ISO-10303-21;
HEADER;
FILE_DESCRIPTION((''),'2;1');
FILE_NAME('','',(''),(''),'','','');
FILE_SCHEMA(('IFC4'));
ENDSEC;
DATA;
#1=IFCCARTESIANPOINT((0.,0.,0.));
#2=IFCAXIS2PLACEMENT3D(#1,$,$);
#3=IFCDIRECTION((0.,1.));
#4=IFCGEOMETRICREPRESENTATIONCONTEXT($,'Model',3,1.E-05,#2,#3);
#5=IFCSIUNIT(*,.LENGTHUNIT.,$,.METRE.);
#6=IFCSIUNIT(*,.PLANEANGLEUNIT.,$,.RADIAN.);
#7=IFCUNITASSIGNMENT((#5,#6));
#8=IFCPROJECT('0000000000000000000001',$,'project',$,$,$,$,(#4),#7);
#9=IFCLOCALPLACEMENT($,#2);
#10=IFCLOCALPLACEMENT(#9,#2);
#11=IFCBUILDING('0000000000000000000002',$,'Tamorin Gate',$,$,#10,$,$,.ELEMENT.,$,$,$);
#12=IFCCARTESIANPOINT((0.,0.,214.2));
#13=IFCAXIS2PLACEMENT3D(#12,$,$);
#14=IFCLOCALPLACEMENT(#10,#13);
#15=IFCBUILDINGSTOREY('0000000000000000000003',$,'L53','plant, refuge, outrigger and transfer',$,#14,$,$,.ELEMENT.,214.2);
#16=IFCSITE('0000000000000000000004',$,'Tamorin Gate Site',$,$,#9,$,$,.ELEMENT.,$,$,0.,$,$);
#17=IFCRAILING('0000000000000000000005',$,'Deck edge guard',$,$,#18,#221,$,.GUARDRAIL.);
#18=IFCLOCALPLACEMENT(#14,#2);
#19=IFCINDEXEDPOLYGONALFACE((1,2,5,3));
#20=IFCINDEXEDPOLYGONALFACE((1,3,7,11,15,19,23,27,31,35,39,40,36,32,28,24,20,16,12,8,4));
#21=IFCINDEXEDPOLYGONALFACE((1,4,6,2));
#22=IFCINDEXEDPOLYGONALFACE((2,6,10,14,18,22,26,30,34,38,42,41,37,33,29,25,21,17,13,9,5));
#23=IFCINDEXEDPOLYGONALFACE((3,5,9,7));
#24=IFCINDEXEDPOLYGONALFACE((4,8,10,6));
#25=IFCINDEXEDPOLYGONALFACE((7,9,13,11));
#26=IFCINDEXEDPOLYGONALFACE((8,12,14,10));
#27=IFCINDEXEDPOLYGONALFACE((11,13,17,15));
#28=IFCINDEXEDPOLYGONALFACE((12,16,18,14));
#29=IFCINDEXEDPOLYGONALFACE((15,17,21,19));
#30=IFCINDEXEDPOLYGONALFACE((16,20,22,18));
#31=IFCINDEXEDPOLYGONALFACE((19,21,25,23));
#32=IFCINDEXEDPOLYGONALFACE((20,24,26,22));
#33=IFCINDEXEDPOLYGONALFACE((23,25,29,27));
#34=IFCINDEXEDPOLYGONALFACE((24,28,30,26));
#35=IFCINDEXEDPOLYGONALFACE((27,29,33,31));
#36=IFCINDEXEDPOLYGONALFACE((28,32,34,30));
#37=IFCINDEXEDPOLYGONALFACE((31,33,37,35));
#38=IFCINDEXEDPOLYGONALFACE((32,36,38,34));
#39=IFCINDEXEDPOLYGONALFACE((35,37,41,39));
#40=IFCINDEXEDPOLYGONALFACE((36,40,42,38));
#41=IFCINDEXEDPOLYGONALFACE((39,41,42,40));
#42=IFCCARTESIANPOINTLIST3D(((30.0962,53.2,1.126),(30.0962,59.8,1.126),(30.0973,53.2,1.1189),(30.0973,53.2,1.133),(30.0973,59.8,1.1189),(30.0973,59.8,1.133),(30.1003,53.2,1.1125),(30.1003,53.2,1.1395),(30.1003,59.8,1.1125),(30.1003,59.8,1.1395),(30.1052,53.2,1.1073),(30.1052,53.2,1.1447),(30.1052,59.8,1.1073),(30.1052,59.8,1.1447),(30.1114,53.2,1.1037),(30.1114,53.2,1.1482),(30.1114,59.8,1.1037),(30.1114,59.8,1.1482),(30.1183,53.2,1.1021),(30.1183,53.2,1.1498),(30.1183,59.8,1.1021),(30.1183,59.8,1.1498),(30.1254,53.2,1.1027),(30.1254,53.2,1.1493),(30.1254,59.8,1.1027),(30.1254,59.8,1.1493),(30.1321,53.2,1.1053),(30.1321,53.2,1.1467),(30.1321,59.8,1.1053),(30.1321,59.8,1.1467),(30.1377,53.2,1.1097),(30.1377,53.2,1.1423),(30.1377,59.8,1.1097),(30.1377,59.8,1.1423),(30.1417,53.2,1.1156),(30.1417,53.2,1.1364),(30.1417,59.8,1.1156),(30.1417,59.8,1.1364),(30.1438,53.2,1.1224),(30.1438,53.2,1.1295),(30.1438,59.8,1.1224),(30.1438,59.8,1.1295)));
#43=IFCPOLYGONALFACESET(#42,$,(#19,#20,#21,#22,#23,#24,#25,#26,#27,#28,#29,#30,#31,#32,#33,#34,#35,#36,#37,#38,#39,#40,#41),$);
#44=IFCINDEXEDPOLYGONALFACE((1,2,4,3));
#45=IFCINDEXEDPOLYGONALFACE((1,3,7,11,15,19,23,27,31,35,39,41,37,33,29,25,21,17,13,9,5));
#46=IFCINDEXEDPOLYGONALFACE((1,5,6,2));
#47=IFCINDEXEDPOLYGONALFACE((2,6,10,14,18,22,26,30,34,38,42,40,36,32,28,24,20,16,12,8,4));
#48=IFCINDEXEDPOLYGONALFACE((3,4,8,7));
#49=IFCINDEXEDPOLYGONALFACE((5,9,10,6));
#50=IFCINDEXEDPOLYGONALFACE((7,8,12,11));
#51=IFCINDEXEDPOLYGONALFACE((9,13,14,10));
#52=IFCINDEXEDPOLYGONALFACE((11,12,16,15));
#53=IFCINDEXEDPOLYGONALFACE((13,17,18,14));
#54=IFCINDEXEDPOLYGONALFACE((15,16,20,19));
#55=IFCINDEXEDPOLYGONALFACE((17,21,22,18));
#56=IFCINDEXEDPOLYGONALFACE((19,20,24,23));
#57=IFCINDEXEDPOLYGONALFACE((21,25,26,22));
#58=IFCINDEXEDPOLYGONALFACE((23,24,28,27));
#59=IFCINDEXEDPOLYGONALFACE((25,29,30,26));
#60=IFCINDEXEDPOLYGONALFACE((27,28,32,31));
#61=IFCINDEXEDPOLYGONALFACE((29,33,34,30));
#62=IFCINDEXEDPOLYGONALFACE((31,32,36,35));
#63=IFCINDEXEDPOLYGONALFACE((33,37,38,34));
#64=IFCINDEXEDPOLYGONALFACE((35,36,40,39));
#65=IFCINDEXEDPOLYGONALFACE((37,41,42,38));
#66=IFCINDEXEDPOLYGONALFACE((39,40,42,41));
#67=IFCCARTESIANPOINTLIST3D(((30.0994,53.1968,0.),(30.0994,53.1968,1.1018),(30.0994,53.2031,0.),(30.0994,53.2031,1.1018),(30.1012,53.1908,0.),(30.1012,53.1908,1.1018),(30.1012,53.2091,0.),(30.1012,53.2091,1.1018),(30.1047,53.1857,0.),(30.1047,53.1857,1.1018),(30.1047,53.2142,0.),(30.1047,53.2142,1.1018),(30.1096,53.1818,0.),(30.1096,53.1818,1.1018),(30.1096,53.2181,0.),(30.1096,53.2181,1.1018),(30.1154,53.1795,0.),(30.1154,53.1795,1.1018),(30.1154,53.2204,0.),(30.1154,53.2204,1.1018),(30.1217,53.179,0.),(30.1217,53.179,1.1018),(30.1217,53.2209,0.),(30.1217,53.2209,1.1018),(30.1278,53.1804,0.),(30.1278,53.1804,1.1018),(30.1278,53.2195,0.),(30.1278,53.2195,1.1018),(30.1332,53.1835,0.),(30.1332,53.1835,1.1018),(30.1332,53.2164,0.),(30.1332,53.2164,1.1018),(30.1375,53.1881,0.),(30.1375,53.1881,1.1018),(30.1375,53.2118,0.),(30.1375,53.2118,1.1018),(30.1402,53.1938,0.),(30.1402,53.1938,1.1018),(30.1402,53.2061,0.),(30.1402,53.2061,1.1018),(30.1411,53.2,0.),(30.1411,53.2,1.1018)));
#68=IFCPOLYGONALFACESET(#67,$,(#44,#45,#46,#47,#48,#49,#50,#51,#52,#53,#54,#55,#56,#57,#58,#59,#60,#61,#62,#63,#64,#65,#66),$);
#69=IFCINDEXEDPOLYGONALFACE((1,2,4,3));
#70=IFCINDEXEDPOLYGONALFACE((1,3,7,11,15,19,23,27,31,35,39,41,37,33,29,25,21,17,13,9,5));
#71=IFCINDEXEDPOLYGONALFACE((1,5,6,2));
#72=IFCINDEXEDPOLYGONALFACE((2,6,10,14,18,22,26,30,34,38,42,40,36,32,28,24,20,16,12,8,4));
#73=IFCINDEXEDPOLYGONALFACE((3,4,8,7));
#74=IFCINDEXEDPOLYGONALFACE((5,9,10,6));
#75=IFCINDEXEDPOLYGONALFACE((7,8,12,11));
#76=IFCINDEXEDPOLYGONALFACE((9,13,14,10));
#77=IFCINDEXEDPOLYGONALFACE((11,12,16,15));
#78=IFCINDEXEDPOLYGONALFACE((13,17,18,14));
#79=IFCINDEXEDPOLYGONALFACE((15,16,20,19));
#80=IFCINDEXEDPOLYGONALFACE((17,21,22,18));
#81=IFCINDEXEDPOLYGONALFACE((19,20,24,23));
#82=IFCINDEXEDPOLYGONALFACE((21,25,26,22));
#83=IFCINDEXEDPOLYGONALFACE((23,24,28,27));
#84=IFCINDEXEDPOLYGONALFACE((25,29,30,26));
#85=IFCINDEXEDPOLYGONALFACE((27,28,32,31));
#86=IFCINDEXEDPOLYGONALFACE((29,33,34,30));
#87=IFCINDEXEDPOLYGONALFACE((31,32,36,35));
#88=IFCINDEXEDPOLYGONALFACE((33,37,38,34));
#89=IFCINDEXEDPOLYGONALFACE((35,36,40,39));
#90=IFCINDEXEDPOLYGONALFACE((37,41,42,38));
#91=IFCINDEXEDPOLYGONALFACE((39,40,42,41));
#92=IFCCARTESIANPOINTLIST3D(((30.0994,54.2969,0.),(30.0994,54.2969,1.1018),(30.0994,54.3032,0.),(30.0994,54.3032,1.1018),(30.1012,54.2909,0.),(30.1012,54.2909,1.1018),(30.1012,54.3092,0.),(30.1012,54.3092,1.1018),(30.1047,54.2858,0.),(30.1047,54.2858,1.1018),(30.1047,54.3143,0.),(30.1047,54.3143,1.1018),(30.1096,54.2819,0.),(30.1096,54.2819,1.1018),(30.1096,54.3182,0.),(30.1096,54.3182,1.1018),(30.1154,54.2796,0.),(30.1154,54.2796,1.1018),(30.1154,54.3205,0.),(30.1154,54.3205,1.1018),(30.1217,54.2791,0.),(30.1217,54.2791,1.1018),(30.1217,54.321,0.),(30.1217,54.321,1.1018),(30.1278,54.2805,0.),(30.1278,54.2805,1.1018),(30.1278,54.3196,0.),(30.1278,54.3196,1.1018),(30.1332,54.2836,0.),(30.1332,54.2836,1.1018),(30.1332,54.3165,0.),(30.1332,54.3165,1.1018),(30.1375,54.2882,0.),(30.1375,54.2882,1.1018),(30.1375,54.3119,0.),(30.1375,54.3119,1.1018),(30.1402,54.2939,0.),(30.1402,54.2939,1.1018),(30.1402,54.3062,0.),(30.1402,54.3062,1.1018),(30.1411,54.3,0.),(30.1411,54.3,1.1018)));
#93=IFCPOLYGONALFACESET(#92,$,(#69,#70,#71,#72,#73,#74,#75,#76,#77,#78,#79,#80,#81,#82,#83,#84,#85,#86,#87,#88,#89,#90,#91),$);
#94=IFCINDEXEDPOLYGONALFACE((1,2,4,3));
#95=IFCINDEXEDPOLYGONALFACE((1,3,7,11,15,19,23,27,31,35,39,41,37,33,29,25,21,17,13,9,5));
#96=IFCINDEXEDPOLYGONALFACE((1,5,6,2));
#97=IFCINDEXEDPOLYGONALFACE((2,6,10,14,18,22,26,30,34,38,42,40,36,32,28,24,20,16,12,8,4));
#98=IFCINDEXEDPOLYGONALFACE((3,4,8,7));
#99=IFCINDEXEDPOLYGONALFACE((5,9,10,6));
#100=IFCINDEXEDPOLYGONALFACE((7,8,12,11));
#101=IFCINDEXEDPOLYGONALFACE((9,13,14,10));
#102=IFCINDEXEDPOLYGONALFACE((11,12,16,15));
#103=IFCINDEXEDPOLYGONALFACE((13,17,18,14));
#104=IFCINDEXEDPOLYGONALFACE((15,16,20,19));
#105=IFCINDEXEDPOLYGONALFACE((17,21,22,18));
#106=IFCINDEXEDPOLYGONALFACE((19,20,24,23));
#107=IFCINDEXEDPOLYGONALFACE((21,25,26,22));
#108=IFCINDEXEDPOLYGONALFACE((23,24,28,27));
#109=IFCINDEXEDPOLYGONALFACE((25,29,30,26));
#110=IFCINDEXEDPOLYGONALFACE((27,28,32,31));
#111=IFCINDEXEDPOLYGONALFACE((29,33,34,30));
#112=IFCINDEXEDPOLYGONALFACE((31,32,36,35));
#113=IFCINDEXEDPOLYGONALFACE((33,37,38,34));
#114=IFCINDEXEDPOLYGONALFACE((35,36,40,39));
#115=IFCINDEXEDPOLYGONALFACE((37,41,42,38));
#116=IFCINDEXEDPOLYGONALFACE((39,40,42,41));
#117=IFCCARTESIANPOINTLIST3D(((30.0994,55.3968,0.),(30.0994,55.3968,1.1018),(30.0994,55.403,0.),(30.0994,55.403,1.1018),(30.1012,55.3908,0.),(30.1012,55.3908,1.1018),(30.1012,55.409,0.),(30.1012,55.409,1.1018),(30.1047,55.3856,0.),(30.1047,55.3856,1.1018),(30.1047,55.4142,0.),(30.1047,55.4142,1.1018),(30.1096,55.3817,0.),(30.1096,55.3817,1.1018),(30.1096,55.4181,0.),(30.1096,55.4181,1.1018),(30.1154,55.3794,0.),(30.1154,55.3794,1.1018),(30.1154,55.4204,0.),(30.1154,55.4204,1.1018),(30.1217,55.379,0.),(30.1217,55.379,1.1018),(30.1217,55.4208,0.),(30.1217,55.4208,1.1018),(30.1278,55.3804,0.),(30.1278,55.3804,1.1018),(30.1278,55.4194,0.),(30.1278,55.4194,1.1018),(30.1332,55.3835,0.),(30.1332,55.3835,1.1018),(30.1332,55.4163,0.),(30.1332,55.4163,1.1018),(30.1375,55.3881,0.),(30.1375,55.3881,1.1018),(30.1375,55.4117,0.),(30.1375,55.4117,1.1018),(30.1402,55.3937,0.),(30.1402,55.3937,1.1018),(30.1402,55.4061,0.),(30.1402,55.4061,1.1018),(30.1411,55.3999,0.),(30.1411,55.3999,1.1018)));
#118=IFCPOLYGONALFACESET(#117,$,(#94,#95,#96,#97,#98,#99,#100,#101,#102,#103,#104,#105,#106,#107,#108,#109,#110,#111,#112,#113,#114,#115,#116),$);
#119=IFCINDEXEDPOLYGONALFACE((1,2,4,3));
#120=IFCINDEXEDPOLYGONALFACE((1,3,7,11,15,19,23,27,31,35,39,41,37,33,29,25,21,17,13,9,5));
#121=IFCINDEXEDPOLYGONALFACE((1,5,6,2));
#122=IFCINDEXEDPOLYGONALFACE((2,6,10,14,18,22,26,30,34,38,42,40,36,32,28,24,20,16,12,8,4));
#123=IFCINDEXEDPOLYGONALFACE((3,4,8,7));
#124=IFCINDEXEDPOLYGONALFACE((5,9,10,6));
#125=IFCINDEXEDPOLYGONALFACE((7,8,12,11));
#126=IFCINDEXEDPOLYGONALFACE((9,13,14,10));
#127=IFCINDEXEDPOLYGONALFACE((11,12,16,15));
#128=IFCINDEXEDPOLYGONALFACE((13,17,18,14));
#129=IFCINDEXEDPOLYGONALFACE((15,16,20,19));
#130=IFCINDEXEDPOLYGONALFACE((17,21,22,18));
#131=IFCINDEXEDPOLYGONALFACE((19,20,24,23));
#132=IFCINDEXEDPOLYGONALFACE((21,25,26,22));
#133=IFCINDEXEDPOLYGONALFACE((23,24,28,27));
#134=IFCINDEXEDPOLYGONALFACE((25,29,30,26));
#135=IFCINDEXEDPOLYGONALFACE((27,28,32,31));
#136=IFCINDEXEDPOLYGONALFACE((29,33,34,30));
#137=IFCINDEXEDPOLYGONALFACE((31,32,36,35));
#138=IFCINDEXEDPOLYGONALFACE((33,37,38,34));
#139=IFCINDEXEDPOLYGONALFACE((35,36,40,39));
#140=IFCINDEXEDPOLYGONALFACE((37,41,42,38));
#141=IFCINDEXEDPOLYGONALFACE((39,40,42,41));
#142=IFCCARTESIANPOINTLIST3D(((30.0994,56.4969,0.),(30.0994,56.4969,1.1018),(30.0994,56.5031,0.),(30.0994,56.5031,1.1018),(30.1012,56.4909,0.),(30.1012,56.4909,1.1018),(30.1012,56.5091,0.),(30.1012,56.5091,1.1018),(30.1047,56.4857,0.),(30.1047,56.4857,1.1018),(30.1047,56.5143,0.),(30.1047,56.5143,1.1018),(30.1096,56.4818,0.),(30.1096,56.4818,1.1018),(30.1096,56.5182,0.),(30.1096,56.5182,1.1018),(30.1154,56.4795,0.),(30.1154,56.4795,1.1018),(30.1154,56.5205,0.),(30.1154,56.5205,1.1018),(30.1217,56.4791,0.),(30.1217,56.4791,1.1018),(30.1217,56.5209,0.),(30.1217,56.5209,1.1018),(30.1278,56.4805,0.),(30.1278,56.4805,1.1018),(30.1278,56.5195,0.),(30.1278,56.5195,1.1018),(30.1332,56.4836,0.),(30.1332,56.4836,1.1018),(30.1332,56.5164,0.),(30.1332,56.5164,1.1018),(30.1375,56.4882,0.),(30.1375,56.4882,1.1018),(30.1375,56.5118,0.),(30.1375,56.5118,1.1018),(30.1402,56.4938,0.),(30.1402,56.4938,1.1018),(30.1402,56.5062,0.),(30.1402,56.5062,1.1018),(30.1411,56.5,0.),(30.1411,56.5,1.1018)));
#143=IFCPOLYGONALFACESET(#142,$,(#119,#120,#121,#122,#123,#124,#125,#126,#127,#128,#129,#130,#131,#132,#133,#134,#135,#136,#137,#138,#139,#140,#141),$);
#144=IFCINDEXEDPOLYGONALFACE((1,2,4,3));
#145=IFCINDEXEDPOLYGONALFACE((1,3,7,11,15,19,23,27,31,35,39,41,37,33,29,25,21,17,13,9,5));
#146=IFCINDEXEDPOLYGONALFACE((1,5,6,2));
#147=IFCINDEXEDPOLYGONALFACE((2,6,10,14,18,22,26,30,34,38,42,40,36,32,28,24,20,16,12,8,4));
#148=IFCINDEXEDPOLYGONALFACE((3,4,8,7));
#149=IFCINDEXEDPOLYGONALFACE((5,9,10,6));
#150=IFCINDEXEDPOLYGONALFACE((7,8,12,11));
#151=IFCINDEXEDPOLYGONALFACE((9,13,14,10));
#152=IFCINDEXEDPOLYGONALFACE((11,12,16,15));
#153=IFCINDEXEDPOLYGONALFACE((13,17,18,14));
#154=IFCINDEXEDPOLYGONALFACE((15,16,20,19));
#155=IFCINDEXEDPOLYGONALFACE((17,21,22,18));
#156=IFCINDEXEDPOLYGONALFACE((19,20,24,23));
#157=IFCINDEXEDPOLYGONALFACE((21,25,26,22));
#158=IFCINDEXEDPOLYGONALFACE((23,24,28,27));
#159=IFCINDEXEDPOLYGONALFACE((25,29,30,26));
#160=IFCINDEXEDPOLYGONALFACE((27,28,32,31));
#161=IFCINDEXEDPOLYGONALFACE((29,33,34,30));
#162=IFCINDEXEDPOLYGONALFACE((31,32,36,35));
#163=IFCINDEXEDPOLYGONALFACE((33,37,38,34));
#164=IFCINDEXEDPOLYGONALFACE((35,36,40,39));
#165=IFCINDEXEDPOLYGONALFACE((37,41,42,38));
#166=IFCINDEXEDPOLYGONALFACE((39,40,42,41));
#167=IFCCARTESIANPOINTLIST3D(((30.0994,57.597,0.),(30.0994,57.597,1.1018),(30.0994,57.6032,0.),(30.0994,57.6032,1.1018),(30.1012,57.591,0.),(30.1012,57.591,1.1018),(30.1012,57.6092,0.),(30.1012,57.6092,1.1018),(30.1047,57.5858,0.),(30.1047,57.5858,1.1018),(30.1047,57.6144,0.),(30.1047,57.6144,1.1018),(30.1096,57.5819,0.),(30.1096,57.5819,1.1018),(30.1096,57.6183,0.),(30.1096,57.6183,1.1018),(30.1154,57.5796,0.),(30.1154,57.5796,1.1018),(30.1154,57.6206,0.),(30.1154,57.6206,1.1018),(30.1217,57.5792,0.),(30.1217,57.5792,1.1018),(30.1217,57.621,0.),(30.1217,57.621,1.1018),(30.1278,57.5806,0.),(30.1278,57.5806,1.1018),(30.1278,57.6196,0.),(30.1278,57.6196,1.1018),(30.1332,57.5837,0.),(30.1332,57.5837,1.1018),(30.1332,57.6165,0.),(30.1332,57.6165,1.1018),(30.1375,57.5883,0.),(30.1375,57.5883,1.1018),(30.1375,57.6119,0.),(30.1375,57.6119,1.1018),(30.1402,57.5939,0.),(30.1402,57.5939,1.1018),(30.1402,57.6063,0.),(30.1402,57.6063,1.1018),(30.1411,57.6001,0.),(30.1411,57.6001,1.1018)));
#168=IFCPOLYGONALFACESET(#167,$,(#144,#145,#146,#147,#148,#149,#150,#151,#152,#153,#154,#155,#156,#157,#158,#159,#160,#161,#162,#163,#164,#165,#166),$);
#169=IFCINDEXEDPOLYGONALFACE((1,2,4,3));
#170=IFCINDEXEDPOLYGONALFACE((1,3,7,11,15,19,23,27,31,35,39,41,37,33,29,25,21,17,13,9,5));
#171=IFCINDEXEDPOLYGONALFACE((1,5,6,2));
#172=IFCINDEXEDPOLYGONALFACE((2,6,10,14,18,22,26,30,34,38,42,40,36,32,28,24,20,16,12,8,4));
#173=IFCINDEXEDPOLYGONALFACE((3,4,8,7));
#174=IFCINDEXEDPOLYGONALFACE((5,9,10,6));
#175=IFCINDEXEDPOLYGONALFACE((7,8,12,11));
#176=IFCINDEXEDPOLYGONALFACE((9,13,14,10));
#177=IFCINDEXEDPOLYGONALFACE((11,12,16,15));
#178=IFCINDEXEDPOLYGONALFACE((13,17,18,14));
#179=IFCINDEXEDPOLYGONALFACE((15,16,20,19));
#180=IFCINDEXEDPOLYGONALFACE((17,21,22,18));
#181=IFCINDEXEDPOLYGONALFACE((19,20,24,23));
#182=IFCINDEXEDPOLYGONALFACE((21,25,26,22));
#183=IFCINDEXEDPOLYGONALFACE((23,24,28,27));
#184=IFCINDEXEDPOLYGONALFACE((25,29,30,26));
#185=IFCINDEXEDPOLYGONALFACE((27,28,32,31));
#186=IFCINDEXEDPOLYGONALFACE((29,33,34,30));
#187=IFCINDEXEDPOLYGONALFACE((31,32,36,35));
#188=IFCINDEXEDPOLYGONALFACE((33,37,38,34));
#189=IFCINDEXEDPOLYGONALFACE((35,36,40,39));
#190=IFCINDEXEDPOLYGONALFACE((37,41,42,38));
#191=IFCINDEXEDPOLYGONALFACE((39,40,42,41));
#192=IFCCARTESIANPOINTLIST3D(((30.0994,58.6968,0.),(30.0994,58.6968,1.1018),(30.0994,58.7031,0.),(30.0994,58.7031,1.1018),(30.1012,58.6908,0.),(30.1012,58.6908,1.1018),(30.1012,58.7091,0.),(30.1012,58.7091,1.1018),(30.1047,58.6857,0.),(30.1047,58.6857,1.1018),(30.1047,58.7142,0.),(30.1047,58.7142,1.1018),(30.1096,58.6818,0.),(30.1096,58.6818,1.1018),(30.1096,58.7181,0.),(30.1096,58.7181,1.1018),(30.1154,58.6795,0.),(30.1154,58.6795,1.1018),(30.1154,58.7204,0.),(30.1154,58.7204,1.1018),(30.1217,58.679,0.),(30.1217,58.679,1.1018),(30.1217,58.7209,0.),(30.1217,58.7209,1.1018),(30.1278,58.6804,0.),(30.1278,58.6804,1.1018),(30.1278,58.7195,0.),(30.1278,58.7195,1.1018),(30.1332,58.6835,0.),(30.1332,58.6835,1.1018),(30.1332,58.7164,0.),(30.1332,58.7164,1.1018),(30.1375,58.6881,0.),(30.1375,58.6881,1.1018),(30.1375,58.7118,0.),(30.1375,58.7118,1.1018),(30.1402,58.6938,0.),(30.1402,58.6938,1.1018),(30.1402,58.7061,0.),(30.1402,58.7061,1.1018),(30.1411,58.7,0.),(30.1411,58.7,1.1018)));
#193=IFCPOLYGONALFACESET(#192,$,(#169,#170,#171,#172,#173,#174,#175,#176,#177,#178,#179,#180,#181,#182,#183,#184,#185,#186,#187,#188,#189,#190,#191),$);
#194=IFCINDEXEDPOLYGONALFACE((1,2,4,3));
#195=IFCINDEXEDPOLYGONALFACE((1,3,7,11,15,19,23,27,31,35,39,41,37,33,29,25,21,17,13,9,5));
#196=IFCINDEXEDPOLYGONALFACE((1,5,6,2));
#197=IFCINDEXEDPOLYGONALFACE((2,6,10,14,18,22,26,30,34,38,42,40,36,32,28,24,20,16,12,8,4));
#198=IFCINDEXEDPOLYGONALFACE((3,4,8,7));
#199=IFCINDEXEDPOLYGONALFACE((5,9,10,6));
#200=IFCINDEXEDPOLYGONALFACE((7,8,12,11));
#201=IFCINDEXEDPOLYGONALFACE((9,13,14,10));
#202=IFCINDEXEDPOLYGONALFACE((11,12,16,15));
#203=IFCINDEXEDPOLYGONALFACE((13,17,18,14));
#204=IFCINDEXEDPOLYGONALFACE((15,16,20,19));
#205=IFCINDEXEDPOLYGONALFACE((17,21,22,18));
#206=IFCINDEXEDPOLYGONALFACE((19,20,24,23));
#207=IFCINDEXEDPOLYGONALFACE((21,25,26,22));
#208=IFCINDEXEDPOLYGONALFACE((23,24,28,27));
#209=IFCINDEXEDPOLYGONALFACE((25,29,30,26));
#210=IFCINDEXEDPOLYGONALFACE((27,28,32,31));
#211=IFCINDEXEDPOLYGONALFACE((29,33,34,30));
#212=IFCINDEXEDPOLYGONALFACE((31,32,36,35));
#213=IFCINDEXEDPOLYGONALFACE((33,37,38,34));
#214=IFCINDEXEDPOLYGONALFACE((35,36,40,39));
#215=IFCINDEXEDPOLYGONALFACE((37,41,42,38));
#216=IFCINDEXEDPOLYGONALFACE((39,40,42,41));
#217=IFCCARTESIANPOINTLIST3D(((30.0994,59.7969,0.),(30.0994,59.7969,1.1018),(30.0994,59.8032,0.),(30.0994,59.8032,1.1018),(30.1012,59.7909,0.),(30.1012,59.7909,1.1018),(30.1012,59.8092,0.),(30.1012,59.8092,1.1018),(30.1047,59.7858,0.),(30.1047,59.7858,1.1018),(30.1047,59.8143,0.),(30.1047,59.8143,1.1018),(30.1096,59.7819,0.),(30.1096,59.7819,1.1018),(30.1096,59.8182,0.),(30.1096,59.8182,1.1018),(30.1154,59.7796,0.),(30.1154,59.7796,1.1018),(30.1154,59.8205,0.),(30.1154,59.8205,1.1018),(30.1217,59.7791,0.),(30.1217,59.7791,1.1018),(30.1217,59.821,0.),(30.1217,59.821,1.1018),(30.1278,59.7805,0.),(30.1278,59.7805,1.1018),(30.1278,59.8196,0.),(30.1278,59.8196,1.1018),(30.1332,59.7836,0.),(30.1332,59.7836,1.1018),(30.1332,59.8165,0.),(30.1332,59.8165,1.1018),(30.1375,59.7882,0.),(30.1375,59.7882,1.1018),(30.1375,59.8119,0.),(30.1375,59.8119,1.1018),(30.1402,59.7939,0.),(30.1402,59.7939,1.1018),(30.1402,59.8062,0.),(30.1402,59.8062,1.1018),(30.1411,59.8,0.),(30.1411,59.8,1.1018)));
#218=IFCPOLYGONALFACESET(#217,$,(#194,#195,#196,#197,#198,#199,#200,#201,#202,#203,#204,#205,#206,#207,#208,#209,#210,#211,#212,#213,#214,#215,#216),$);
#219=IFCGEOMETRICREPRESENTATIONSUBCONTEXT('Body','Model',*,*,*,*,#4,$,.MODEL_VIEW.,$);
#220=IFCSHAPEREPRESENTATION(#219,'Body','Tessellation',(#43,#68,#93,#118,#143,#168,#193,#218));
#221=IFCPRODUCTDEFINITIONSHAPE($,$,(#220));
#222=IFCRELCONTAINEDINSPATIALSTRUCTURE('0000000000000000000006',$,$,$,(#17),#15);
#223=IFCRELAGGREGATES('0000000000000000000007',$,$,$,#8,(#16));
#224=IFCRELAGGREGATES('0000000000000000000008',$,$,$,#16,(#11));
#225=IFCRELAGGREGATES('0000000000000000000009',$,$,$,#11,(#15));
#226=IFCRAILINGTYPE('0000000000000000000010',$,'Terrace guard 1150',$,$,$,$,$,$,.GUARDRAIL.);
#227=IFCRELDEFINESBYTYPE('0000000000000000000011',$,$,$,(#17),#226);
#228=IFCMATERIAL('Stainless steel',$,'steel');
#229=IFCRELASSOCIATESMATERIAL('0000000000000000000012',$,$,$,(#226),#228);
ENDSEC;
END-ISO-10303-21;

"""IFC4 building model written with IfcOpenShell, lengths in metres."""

from ifc_helpers import new_model, si_unit, direction, frame, origin, origin_2d, place, context, subcontext, project, spatial, circle, extrude, material, type_object, element, save


model = new_model("IFC4")

# Units and contexts
model_context = context("Model", 3, precision=1e-05, world=origin(), true_north=direction((0.0, 1.0)))
body_context = subcontext(model_context, "Body", "Model", "MODEL_VIEW")
ifc_project = project(units=[si_unit("LENGTHUNIT", "METRE"), si_unit("PLANEANGLEUNIT", "RADIAN")], contexts=[model_context])

# Site, building, storey
site_placement = place(None, origin())
site = spatial("IfcSite", under=ifc_project, at=site_placement, Name="Tamorin Gate Site", CompositionType="ELEMENT", RefElevation=0.0)
building_placement = place(site_placement, origin())
building = spatial("IfcBuilding", under=site, at=building_placement, Name="Tamorin Gate", CompositionType="ELEMENT")
storey_placement = place(building_placement, frame((0.0, 0.0, 214.2)))
storey = spatial("IfcBuildingStorey", under=building, at=storey_placement, Name="L53", Description="plant, refuge, outrigger and transfer", CompositionType="ELEMENT", Elevation=214.2)

# Railing
ifc_material_1 = material(Name="Stainless steel", Category="steel")
railing_type = type_object("IfcRailingType", Name="Terrace guard 1150", PredefinedType="GUARDRAIL", material=ifc_material_1)
railing_placement = place(storey_placement, frame((30.1201, 53.2, 0.0)))
element("IfcRailing", 1, at=railing_placement, inside=storey, type_object=railing_type, Name="Deck edge guard", PredefinedType="GUARDRAIL", context=body_context, shape_type="SweptSolid", body=[
    extrude(circle(Radius=0.0239, at=origin_2d()), frame((0.0, 0.0, 1.126), z_axis=(0.0, 1.0, 0.0), x_axis=(-1.0, 0.0, 0.0)), (0.0, 0.0, 1.0), 6.6001),
    extrude(circle(Radius=0.021, at=origin_2d()), origin(), (0.0, 0.0, 1.0), 1.1018),
    extrude(circle(Radius=0.021, at=origin_2d()), frame((0.0, 1.1001, 0.0)), (0.0, 0.0, 1.0), 1.1018),
    extrude(circle(Radius=0.021, at=origin_2d()), frame((0.0, 2.2, 0.0)), (0.0, 0.0, 1.0), 1.1018),
    extrude(circle(Radius=0.021, at=origin_2d()), frame((0.0, 3.3, 0.0)), (0.0, 0.0, 1.0), 1.1018),
    extrude(circle(Radius=0.021, at=origin_2d()), frame((0.0, 4.4001, 0.0)), (0.0, 0.0, 1.0), 1.1018),
    extrude(circle(Radius=0.021, at=origin_2d()), frame((0.0, 5.5, 0.0)), (0.0, 0.0, 1.0), 1.1018),
    extrude(circle(Radius=0.021, at=origin_2d()), frame((0.0, 6.6001, 0.0)), (0.0, 0.0, 1.0), 1.1018),
])

save(model, "model.ifc")
